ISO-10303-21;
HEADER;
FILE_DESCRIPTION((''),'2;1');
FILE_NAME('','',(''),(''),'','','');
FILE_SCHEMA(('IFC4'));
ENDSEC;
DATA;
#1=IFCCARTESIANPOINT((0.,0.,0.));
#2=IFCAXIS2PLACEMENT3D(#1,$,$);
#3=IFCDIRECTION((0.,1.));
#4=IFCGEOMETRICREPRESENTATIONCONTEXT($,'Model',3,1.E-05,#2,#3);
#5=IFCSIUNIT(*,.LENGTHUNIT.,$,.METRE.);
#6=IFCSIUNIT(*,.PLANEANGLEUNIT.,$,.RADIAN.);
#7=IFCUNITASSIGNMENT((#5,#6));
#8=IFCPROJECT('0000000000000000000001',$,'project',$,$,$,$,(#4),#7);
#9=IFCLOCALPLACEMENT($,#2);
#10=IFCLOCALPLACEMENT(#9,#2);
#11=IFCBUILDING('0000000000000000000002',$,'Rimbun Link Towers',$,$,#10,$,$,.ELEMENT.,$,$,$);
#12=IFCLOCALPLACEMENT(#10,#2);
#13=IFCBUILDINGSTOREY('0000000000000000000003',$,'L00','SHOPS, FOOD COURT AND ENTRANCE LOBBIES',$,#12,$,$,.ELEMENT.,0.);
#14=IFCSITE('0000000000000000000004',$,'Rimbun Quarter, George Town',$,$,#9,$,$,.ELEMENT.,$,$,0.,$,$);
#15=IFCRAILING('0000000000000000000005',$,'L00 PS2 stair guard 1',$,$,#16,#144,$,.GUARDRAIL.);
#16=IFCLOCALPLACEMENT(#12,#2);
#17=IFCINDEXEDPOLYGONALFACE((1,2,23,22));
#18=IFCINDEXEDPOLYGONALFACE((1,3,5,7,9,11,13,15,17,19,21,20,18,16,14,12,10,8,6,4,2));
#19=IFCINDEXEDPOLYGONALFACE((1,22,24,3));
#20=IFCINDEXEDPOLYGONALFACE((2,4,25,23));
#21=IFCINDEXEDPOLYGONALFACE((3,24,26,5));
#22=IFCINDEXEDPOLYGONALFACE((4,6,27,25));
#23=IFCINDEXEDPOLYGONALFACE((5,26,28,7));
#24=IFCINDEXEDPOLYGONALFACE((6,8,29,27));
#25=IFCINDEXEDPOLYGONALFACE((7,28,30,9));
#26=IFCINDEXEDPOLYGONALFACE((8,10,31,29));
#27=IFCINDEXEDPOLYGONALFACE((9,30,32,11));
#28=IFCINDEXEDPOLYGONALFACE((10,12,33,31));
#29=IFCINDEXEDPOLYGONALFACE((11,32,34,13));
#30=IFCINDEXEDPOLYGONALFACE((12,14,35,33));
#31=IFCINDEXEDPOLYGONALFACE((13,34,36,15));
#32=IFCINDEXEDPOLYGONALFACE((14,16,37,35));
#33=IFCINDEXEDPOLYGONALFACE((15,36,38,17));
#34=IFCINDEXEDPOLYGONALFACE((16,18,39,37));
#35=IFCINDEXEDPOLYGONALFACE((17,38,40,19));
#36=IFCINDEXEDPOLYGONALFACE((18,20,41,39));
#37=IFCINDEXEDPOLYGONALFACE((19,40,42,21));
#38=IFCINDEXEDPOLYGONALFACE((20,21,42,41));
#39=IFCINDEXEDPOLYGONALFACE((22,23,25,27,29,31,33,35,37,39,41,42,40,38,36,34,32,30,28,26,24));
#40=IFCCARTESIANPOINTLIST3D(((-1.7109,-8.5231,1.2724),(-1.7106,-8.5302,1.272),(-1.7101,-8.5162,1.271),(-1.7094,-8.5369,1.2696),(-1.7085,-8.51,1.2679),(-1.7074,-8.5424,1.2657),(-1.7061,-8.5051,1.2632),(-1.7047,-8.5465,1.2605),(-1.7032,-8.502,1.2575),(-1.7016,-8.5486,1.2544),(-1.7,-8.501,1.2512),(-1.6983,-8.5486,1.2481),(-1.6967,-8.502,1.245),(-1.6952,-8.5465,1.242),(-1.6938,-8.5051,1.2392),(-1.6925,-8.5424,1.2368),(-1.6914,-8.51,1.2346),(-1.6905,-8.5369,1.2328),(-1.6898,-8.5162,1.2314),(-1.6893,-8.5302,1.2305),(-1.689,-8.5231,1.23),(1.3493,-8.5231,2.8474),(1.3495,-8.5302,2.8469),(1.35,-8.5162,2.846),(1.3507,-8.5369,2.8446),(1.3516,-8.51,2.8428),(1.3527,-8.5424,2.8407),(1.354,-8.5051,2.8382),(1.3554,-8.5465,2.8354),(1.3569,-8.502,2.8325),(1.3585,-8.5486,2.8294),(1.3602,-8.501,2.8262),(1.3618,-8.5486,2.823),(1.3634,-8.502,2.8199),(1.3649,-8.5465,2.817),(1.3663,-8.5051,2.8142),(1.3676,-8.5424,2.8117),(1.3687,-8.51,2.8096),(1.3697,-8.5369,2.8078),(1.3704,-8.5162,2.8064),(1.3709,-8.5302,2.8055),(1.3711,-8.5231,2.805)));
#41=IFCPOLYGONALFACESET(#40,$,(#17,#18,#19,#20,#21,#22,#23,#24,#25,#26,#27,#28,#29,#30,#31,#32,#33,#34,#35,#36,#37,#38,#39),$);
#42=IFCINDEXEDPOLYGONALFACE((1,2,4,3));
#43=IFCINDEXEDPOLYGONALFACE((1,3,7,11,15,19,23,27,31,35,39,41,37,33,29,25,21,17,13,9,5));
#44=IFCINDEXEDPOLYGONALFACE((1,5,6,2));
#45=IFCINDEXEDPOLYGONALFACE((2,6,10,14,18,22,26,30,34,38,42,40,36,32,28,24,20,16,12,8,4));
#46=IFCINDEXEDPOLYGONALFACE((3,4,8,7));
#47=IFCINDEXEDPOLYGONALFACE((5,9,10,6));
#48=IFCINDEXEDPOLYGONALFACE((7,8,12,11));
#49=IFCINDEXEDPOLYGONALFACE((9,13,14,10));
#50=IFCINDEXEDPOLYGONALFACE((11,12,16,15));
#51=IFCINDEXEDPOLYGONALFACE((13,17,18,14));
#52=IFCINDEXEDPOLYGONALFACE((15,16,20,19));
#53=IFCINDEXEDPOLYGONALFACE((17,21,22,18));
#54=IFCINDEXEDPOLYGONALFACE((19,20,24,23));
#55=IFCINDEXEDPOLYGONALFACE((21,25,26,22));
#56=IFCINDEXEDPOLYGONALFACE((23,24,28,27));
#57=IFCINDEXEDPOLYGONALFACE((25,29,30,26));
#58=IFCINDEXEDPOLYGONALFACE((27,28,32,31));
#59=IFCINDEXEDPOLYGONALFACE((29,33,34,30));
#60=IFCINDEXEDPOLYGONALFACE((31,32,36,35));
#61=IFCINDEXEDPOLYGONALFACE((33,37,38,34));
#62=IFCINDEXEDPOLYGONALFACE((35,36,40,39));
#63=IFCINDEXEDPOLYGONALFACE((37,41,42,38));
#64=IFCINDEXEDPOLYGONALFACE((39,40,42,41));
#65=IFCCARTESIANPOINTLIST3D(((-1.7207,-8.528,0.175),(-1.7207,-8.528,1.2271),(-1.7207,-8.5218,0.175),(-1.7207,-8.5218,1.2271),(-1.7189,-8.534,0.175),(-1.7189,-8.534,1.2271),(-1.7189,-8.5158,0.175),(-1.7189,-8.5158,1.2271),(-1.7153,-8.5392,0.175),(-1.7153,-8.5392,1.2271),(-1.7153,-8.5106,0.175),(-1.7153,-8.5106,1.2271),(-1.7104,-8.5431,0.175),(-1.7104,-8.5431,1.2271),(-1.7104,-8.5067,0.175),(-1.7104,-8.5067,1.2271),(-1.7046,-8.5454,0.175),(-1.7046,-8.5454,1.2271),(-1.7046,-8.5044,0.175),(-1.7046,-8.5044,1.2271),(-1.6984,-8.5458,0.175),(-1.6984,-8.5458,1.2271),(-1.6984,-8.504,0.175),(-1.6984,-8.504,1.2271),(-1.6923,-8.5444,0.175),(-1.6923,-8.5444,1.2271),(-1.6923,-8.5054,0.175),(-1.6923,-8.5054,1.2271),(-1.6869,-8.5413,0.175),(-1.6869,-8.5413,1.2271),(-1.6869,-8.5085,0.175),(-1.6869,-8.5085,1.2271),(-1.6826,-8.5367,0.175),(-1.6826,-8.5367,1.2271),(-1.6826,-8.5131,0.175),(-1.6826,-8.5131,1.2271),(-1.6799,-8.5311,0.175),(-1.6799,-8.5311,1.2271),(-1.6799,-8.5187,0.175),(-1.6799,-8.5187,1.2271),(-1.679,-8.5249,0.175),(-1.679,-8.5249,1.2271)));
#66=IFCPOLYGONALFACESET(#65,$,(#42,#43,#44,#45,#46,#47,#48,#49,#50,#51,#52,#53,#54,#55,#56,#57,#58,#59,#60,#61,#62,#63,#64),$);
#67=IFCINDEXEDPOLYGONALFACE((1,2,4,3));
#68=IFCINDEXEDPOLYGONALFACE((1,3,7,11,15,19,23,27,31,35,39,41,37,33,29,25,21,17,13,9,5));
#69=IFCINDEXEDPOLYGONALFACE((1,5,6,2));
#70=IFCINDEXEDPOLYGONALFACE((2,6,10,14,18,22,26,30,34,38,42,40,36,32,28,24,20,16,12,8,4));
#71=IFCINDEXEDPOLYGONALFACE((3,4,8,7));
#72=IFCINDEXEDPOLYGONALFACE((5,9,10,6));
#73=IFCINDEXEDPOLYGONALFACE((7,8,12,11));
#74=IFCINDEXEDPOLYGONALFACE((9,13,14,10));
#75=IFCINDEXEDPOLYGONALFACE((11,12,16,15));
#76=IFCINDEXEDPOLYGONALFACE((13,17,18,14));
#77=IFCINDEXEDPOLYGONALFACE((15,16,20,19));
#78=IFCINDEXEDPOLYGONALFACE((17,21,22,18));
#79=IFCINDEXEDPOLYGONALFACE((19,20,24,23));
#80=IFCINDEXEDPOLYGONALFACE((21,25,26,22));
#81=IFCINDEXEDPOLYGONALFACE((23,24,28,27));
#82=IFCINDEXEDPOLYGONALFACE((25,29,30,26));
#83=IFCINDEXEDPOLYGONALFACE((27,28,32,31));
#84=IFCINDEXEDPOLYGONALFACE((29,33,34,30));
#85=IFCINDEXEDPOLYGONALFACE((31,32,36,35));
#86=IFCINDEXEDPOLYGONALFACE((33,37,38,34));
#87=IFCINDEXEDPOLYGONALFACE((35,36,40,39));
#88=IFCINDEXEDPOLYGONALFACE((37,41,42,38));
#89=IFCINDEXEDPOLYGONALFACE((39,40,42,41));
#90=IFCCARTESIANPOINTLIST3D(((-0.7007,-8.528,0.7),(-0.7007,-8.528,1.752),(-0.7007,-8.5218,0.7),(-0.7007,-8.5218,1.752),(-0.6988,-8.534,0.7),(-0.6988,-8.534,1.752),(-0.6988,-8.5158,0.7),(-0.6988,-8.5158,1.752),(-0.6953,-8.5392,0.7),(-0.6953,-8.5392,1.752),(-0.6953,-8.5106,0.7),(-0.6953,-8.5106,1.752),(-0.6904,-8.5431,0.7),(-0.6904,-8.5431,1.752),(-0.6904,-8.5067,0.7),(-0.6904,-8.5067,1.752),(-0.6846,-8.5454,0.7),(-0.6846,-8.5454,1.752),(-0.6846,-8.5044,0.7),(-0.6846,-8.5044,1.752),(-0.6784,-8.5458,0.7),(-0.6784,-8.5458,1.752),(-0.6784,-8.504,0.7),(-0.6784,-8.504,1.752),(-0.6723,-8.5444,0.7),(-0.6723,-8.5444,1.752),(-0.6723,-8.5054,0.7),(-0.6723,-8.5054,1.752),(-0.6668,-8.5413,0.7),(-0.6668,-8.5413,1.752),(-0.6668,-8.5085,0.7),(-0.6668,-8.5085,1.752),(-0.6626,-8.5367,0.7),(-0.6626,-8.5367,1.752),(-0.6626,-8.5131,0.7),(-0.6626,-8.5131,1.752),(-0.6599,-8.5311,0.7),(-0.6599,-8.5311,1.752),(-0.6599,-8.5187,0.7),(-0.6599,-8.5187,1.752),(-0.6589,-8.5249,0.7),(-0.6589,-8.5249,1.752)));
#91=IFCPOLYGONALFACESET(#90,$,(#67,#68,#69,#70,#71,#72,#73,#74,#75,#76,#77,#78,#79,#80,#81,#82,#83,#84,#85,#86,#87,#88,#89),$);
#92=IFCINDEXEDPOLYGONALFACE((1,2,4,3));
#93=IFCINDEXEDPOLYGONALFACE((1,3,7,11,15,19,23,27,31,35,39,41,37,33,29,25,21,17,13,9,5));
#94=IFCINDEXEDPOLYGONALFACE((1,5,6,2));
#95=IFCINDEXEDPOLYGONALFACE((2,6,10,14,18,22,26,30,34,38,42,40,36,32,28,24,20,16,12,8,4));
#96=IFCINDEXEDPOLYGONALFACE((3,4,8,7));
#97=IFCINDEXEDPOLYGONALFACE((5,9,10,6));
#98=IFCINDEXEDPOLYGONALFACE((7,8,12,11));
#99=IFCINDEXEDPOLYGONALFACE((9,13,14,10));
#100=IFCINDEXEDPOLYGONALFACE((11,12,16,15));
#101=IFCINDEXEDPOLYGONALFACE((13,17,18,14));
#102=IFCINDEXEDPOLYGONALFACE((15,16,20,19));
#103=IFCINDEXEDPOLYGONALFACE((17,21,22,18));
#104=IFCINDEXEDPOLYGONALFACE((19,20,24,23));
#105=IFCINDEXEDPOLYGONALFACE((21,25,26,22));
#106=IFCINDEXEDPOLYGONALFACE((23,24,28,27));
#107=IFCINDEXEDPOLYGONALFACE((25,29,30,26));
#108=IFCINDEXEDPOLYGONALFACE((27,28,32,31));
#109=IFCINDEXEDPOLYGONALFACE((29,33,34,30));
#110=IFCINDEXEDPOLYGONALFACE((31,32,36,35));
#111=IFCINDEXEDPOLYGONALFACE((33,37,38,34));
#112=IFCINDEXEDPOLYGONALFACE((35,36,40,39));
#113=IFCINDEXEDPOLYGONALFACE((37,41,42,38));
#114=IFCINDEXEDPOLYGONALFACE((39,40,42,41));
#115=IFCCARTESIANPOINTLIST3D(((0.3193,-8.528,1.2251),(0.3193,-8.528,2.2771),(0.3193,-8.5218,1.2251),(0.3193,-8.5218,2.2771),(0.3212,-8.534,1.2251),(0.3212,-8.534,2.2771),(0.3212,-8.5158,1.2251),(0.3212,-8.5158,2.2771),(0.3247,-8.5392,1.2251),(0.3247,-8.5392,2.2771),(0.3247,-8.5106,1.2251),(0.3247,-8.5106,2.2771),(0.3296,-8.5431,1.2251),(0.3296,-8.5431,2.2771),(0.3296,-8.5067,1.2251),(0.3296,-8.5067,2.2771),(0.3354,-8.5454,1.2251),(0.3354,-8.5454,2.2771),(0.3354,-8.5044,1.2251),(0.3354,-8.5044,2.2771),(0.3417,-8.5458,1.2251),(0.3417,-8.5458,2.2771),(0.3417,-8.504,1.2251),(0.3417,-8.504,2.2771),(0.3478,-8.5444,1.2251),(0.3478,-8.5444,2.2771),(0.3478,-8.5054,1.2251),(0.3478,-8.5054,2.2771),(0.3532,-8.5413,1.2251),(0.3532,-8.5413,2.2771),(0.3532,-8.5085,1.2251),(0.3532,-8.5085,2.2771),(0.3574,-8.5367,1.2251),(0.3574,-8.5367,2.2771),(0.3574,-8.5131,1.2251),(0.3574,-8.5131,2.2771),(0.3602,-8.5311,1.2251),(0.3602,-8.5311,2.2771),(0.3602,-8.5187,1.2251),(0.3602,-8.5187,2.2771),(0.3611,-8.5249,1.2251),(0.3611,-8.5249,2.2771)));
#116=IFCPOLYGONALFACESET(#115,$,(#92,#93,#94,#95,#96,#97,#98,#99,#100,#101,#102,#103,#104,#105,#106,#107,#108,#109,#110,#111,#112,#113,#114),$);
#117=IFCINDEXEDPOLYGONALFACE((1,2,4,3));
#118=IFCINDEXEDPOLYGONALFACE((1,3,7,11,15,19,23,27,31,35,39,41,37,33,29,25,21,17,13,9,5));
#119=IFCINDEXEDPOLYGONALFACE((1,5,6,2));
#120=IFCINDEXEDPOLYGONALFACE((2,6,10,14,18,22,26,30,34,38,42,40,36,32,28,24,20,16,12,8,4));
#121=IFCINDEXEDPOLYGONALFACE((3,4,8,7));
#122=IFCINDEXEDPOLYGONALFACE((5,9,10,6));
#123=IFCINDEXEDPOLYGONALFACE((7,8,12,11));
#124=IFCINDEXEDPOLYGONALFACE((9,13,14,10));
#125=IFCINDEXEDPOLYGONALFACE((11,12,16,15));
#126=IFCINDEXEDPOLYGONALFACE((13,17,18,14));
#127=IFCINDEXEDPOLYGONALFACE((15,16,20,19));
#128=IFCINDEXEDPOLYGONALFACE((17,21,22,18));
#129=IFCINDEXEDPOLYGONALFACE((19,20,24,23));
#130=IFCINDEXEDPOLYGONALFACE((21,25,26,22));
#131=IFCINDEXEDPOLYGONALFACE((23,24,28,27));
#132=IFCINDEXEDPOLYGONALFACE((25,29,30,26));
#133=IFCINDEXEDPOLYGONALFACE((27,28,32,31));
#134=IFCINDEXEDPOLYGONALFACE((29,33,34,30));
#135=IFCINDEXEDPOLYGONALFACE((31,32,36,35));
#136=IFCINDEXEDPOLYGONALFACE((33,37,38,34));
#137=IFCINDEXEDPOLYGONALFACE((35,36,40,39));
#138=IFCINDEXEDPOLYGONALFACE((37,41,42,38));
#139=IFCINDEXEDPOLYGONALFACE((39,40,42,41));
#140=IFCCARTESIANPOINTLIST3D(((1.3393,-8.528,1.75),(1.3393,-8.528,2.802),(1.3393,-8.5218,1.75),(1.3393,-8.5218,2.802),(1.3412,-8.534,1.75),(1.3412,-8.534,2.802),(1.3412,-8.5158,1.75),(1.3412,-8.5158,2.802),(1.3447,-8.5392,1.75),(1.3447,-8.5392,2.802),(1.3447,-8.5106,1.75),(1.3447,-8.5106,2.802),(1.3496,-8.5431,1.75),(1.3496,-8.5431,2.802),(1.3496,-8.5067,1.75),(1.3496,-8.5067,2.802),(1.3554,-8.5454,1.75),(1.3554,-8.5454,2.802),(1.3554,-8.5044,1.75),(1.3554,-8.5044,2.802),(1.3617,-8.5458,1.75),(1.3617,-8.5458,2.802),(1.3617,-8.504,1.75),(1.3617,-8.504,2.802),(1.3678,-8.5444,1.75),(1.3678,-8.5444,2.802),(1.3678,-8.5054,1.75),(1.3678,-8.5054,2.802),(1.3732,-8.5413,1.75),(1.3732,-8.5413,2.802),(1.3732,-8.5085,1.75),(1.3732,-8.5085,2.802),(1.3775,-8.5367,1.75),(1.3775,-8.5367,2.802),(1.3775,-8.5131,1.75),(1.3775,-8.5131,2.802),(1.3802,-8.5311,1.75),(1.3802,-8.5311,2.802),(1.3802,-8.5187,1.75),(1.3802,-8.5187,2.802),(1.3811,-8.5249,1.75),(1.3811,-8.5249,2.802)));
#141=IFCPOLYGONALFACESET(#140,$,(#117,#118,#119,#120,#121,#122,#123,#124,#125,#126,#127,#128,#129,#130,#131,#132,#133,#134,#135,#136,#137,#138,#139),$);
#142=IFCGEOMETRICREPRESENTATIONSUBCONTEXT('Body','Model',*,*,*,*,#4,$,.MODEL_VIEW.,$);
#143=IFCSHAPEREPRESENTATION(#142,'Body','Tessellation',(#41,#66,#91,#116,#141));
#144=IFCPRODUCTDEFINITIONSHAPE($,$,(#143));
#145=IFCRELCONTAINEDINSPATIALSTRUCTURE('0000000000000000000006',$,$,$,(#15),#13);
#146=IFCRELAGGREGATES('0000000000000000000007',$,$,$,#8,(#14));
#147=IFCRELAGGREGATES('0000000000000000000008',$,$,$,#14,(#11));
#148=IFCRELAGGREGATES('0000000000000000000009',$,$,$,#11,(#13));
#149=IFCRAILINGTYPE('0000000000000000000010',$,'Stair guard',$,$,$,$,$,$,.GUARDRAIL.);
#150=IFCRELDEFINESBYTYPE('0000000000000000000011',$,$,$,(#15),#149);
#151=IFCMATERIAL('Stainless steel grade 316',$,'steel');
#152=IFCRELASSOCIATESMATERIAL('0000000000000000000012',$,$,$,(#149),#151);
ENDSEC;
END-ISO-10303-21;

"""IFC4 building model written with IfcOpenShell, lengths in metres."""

from ifc_helpers import new_model, si_unit, direction, frame, origin, origin_2d, place, context, subcontext, project, spatial, circle, extrude, material, type_object, element, save


model = new_model("IFC4")

# Units and contexts
model_context = context("Model", 3, precision=1e-05, world=origin(), true_north=direction((0.0, 1.0)))
body_context = subcontext(model_context, "Body", "Model", "MODEL_VIEW")
ifc_project = project(units=[si_unit("LENGTHUNIT", "METRE"), si_unit("PLANEANGLEUNIT", "RADIAN")], contexts=[model_context])

# Site, building, storey
site_placement = place(None, origin())
site = spatial("IfcSite", under=ifc_project, at=site_placement, Name="Rimbun Quarter, George Town", CompositionType="ELEMENT", RefElevation=0.0)
building_placement = place(site_placement, origin())
building = spatial("IfcBuilding", under=site, at=building_placement, Name="Rimbun Link Towers", CompositionType="ELEMENT")
storey_placement = place(building_placement, origin())
storey = spatial("IfcBuildingStorey", under=building, at=storey_placement, Name="L00", Description="SHOPS, FOOD COURT AND ENTRANCE LOBBIES", CompositionType="ELEMENT", Elevation=0.0)

# Railing
ifc_material_1 = material(Name="Stainless steel grade 316", Category="steel")
railing_type_1 = type_object("IfcRailingType", Name="Stair guard", PredefinedType="GUARDRAIL", material=ifc_material_1)
railing_1_placement = place(storey_placement, frame((-1.7, -8.5249, 0.175)))
element("IfcRailing", 1, at=railing_1_placement, inside=storey, type_object=railing_type_1, Name="L00 PS2 stair guard 1", PredefinedType="GUARDRAIL", context=body_context, shape_type="SweptSolid", body=[
    extrude(circle(Radius=0.0239, at=origin_2d()), frame((0.0, 0.0, 1.0762), z_axis=(0.889145, 0.0, 0.457625), x_axis=(0.0, 1.0, 0.0)), (0.0, 0.0, 1.0), 3.4417),
    extrude(circle(Radius=0.021, at=origin_2d()), origin(), (0.0, 0.0, 1.0), 1.052),
    extrude(circle(Radius=0.021, at=origin_2d()), frame((1.02, 0.0, 0.5249)), (0.0, 0.0, 1.0), 1.052),
    extrude(circle(Radius=0.021, at=origin_2d()), frame((2.04, 0.0, 1.05)), (0.0, 0.0, 1.0), 1.052),
    extrude(circle(Radius=0.021, at=origin_2d()), frame((3.0601, 0.0, 1.575)), (0.0, 0.0, 1.0), 1.052),
])

save(model, "model.ifc")
